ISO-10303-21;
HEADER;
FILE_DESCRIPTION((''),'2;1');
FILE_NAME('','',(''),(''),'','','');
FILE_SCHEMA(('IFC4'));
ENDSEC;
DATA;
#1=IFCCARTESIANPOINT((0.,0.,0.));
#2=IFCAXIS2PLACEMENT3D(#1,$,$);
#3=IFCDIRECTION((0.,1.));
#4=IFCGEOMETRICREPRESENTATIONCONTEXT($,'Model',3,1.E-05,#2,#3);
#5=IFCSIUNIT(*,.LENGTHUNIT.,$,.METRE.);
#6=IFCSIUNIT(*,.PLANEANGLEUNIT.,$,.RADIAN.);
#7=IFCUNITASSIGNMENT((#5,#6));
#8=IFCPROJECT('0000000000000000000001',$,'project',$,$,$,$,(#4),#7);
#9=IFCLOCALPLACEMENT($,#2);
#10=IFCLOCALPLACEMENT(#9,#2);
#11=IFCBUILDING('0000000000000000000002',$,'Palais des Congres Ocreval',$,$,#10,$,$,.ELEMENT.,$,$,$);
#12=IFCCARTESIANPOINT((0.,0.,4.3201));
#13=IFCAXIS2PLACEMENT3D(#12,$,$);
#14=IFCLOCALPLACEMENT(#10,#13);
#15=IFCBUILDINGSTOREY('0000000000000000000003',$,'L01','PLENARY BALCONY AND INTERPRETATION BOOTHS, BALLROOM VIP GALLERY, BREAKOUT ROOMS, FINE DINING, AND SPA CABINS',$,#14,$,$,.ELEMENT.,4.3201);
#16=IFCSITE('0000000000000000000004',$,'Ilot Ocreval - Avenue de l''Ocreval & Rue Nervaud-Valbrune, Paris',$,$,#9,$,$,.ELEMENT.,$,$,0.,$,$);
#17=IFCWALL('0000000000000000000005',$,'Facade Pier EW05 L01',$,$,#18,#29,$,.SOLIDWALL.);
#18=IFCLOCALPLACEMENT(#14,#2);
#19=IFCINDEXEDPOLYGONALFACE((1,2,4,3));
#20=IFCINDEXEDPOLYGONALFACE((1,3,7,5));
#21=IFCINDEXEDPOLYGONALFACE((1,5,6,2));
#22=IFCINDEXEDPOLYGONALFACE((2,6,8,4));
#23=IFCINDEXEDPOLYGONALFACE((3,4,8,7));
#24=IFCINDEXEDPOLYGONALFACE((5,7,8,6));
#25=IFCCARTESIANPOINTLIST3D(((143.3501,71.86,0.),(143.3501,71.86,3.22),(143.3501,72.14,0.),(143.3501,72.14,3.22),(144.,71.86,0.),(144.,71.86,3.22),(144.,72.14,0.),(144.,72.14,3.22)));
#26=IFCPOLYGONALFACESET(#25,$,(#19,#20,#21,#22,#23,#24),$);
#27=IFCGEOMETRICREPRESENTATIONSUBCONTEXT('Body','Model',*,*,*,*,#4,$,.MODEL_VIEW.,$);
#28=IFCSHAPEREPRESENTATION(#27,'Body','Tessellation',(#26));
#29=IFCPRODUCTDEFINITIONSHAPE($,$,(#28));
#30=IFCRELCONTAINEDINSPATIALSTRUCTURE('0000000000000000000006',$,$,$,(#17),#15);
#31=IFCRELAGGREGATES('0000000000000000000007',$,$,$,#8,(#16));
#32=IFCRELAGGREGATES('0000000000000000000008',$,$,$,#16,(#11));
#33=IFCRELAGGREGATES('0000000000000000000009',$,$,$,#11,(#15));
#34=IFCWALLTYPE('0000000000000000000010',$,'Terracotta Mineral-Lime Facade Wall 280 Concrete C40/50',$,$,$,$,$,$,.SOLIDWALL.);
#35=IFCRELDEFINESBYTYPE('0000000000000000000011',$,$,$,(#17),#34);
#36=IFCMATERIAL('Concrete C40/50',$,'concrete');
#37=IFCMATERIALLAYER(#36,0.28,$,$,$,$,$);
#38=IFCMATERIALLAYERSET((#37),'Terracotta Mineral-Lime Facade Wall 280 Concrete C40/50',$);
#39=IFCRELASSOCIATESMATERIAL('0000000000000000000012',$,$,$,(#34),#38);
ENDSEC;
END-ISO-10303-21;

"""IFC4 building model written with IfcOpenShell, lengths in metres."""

from ifc_helpers import new_model, si_unit, direction, frame, frame_2d, origin, place, context, subcontext, project, spatial, rectangle, extrude, material, layer, layer_set, type_object, element, save


model = new_model("IFC4")

# Units and contexts
model_context = context("Model", 3, precision=1e-05, world=origin(), true_north=direction((0.0, 1.0)))
body_context = subcontext(model_context, "Body", "Model", "MODEL_VIEW")
ifc_project = project(units=[si_unit("LENGTHUNIT", "METRE"), si_unit("PLANEANGLEUNIT", "RADIAN")], contexts=[model_context])

# Site, building, storey
site_placement = place(None, origin())
site = spatial("IfcSite", under=ifc_project, at=site_placement, Name="Ilot Ocreval - Avenue de l'Ocreval & Rue Nervaud-Valbrune, Paris", CompositionType="ELEMENT", RefElevation=0.0)
building_placement = place(site_placement, origin())
building = spatial("IfcBuilding", under=site, at=building_placement, Name="Palais des Congres Ocreval", CompositionType="ELEMENT")
storey_placement = place(building_placement, frame((0.0, 0.0, 4.3201)))
storey = spatial("IfcBuildingStorey", under=building, at=storey_placement, Name="L01", Description="PLENARY BALCONY AND INTERPRETATION BOOTHS, BALLROOM VIP GALLERY, BREAKOUT ROOMS, FINE DINING, AND SPA CABINS", CompositionType="ELEMENT", Elevation=4.3201)

# Wall
ifc_material_1 = material(Name="Concrete C40/50", Category="concrete")
ifc_layer_1 = layer(ifc_material_1, 0.28)
ifc_layer_set_1 = layer_set([ifc_layer_1], Name="Terracotta Mineral-Lime Facade Wall 280 Concrete C40/50")
wall_type_1 = type_object("IfcWallType", Name="Terracotta Mineral-Lime Facade Wall 280 Concrete C40/50", PredefinedType="SOLIDWALL", material=ifc_layer_set_1)
wall_1_placement = place(storey_placement, frame((144.0, 72.0, 0.0), z_axis=(0.0, 0.0, 1.0), x_axis=(-1.0, 0.0, 0.0)))
element("IfcWall", 1, at=wall_1_placement, inside=storey, type_object=wall_type_1, Name="Facade Pier EW05 L01", PredefinedType="SOLIDWALL", context=body_context, shape_type="SweptSolid", body=[
    extrude(rectangle(XDim=0.6499, YDim=0.28, at=frame_2d((0.325, 0.0))), origin(), (0.0, 0.0, 1.0), 3.22),
])

save(model, "model.ifc")
